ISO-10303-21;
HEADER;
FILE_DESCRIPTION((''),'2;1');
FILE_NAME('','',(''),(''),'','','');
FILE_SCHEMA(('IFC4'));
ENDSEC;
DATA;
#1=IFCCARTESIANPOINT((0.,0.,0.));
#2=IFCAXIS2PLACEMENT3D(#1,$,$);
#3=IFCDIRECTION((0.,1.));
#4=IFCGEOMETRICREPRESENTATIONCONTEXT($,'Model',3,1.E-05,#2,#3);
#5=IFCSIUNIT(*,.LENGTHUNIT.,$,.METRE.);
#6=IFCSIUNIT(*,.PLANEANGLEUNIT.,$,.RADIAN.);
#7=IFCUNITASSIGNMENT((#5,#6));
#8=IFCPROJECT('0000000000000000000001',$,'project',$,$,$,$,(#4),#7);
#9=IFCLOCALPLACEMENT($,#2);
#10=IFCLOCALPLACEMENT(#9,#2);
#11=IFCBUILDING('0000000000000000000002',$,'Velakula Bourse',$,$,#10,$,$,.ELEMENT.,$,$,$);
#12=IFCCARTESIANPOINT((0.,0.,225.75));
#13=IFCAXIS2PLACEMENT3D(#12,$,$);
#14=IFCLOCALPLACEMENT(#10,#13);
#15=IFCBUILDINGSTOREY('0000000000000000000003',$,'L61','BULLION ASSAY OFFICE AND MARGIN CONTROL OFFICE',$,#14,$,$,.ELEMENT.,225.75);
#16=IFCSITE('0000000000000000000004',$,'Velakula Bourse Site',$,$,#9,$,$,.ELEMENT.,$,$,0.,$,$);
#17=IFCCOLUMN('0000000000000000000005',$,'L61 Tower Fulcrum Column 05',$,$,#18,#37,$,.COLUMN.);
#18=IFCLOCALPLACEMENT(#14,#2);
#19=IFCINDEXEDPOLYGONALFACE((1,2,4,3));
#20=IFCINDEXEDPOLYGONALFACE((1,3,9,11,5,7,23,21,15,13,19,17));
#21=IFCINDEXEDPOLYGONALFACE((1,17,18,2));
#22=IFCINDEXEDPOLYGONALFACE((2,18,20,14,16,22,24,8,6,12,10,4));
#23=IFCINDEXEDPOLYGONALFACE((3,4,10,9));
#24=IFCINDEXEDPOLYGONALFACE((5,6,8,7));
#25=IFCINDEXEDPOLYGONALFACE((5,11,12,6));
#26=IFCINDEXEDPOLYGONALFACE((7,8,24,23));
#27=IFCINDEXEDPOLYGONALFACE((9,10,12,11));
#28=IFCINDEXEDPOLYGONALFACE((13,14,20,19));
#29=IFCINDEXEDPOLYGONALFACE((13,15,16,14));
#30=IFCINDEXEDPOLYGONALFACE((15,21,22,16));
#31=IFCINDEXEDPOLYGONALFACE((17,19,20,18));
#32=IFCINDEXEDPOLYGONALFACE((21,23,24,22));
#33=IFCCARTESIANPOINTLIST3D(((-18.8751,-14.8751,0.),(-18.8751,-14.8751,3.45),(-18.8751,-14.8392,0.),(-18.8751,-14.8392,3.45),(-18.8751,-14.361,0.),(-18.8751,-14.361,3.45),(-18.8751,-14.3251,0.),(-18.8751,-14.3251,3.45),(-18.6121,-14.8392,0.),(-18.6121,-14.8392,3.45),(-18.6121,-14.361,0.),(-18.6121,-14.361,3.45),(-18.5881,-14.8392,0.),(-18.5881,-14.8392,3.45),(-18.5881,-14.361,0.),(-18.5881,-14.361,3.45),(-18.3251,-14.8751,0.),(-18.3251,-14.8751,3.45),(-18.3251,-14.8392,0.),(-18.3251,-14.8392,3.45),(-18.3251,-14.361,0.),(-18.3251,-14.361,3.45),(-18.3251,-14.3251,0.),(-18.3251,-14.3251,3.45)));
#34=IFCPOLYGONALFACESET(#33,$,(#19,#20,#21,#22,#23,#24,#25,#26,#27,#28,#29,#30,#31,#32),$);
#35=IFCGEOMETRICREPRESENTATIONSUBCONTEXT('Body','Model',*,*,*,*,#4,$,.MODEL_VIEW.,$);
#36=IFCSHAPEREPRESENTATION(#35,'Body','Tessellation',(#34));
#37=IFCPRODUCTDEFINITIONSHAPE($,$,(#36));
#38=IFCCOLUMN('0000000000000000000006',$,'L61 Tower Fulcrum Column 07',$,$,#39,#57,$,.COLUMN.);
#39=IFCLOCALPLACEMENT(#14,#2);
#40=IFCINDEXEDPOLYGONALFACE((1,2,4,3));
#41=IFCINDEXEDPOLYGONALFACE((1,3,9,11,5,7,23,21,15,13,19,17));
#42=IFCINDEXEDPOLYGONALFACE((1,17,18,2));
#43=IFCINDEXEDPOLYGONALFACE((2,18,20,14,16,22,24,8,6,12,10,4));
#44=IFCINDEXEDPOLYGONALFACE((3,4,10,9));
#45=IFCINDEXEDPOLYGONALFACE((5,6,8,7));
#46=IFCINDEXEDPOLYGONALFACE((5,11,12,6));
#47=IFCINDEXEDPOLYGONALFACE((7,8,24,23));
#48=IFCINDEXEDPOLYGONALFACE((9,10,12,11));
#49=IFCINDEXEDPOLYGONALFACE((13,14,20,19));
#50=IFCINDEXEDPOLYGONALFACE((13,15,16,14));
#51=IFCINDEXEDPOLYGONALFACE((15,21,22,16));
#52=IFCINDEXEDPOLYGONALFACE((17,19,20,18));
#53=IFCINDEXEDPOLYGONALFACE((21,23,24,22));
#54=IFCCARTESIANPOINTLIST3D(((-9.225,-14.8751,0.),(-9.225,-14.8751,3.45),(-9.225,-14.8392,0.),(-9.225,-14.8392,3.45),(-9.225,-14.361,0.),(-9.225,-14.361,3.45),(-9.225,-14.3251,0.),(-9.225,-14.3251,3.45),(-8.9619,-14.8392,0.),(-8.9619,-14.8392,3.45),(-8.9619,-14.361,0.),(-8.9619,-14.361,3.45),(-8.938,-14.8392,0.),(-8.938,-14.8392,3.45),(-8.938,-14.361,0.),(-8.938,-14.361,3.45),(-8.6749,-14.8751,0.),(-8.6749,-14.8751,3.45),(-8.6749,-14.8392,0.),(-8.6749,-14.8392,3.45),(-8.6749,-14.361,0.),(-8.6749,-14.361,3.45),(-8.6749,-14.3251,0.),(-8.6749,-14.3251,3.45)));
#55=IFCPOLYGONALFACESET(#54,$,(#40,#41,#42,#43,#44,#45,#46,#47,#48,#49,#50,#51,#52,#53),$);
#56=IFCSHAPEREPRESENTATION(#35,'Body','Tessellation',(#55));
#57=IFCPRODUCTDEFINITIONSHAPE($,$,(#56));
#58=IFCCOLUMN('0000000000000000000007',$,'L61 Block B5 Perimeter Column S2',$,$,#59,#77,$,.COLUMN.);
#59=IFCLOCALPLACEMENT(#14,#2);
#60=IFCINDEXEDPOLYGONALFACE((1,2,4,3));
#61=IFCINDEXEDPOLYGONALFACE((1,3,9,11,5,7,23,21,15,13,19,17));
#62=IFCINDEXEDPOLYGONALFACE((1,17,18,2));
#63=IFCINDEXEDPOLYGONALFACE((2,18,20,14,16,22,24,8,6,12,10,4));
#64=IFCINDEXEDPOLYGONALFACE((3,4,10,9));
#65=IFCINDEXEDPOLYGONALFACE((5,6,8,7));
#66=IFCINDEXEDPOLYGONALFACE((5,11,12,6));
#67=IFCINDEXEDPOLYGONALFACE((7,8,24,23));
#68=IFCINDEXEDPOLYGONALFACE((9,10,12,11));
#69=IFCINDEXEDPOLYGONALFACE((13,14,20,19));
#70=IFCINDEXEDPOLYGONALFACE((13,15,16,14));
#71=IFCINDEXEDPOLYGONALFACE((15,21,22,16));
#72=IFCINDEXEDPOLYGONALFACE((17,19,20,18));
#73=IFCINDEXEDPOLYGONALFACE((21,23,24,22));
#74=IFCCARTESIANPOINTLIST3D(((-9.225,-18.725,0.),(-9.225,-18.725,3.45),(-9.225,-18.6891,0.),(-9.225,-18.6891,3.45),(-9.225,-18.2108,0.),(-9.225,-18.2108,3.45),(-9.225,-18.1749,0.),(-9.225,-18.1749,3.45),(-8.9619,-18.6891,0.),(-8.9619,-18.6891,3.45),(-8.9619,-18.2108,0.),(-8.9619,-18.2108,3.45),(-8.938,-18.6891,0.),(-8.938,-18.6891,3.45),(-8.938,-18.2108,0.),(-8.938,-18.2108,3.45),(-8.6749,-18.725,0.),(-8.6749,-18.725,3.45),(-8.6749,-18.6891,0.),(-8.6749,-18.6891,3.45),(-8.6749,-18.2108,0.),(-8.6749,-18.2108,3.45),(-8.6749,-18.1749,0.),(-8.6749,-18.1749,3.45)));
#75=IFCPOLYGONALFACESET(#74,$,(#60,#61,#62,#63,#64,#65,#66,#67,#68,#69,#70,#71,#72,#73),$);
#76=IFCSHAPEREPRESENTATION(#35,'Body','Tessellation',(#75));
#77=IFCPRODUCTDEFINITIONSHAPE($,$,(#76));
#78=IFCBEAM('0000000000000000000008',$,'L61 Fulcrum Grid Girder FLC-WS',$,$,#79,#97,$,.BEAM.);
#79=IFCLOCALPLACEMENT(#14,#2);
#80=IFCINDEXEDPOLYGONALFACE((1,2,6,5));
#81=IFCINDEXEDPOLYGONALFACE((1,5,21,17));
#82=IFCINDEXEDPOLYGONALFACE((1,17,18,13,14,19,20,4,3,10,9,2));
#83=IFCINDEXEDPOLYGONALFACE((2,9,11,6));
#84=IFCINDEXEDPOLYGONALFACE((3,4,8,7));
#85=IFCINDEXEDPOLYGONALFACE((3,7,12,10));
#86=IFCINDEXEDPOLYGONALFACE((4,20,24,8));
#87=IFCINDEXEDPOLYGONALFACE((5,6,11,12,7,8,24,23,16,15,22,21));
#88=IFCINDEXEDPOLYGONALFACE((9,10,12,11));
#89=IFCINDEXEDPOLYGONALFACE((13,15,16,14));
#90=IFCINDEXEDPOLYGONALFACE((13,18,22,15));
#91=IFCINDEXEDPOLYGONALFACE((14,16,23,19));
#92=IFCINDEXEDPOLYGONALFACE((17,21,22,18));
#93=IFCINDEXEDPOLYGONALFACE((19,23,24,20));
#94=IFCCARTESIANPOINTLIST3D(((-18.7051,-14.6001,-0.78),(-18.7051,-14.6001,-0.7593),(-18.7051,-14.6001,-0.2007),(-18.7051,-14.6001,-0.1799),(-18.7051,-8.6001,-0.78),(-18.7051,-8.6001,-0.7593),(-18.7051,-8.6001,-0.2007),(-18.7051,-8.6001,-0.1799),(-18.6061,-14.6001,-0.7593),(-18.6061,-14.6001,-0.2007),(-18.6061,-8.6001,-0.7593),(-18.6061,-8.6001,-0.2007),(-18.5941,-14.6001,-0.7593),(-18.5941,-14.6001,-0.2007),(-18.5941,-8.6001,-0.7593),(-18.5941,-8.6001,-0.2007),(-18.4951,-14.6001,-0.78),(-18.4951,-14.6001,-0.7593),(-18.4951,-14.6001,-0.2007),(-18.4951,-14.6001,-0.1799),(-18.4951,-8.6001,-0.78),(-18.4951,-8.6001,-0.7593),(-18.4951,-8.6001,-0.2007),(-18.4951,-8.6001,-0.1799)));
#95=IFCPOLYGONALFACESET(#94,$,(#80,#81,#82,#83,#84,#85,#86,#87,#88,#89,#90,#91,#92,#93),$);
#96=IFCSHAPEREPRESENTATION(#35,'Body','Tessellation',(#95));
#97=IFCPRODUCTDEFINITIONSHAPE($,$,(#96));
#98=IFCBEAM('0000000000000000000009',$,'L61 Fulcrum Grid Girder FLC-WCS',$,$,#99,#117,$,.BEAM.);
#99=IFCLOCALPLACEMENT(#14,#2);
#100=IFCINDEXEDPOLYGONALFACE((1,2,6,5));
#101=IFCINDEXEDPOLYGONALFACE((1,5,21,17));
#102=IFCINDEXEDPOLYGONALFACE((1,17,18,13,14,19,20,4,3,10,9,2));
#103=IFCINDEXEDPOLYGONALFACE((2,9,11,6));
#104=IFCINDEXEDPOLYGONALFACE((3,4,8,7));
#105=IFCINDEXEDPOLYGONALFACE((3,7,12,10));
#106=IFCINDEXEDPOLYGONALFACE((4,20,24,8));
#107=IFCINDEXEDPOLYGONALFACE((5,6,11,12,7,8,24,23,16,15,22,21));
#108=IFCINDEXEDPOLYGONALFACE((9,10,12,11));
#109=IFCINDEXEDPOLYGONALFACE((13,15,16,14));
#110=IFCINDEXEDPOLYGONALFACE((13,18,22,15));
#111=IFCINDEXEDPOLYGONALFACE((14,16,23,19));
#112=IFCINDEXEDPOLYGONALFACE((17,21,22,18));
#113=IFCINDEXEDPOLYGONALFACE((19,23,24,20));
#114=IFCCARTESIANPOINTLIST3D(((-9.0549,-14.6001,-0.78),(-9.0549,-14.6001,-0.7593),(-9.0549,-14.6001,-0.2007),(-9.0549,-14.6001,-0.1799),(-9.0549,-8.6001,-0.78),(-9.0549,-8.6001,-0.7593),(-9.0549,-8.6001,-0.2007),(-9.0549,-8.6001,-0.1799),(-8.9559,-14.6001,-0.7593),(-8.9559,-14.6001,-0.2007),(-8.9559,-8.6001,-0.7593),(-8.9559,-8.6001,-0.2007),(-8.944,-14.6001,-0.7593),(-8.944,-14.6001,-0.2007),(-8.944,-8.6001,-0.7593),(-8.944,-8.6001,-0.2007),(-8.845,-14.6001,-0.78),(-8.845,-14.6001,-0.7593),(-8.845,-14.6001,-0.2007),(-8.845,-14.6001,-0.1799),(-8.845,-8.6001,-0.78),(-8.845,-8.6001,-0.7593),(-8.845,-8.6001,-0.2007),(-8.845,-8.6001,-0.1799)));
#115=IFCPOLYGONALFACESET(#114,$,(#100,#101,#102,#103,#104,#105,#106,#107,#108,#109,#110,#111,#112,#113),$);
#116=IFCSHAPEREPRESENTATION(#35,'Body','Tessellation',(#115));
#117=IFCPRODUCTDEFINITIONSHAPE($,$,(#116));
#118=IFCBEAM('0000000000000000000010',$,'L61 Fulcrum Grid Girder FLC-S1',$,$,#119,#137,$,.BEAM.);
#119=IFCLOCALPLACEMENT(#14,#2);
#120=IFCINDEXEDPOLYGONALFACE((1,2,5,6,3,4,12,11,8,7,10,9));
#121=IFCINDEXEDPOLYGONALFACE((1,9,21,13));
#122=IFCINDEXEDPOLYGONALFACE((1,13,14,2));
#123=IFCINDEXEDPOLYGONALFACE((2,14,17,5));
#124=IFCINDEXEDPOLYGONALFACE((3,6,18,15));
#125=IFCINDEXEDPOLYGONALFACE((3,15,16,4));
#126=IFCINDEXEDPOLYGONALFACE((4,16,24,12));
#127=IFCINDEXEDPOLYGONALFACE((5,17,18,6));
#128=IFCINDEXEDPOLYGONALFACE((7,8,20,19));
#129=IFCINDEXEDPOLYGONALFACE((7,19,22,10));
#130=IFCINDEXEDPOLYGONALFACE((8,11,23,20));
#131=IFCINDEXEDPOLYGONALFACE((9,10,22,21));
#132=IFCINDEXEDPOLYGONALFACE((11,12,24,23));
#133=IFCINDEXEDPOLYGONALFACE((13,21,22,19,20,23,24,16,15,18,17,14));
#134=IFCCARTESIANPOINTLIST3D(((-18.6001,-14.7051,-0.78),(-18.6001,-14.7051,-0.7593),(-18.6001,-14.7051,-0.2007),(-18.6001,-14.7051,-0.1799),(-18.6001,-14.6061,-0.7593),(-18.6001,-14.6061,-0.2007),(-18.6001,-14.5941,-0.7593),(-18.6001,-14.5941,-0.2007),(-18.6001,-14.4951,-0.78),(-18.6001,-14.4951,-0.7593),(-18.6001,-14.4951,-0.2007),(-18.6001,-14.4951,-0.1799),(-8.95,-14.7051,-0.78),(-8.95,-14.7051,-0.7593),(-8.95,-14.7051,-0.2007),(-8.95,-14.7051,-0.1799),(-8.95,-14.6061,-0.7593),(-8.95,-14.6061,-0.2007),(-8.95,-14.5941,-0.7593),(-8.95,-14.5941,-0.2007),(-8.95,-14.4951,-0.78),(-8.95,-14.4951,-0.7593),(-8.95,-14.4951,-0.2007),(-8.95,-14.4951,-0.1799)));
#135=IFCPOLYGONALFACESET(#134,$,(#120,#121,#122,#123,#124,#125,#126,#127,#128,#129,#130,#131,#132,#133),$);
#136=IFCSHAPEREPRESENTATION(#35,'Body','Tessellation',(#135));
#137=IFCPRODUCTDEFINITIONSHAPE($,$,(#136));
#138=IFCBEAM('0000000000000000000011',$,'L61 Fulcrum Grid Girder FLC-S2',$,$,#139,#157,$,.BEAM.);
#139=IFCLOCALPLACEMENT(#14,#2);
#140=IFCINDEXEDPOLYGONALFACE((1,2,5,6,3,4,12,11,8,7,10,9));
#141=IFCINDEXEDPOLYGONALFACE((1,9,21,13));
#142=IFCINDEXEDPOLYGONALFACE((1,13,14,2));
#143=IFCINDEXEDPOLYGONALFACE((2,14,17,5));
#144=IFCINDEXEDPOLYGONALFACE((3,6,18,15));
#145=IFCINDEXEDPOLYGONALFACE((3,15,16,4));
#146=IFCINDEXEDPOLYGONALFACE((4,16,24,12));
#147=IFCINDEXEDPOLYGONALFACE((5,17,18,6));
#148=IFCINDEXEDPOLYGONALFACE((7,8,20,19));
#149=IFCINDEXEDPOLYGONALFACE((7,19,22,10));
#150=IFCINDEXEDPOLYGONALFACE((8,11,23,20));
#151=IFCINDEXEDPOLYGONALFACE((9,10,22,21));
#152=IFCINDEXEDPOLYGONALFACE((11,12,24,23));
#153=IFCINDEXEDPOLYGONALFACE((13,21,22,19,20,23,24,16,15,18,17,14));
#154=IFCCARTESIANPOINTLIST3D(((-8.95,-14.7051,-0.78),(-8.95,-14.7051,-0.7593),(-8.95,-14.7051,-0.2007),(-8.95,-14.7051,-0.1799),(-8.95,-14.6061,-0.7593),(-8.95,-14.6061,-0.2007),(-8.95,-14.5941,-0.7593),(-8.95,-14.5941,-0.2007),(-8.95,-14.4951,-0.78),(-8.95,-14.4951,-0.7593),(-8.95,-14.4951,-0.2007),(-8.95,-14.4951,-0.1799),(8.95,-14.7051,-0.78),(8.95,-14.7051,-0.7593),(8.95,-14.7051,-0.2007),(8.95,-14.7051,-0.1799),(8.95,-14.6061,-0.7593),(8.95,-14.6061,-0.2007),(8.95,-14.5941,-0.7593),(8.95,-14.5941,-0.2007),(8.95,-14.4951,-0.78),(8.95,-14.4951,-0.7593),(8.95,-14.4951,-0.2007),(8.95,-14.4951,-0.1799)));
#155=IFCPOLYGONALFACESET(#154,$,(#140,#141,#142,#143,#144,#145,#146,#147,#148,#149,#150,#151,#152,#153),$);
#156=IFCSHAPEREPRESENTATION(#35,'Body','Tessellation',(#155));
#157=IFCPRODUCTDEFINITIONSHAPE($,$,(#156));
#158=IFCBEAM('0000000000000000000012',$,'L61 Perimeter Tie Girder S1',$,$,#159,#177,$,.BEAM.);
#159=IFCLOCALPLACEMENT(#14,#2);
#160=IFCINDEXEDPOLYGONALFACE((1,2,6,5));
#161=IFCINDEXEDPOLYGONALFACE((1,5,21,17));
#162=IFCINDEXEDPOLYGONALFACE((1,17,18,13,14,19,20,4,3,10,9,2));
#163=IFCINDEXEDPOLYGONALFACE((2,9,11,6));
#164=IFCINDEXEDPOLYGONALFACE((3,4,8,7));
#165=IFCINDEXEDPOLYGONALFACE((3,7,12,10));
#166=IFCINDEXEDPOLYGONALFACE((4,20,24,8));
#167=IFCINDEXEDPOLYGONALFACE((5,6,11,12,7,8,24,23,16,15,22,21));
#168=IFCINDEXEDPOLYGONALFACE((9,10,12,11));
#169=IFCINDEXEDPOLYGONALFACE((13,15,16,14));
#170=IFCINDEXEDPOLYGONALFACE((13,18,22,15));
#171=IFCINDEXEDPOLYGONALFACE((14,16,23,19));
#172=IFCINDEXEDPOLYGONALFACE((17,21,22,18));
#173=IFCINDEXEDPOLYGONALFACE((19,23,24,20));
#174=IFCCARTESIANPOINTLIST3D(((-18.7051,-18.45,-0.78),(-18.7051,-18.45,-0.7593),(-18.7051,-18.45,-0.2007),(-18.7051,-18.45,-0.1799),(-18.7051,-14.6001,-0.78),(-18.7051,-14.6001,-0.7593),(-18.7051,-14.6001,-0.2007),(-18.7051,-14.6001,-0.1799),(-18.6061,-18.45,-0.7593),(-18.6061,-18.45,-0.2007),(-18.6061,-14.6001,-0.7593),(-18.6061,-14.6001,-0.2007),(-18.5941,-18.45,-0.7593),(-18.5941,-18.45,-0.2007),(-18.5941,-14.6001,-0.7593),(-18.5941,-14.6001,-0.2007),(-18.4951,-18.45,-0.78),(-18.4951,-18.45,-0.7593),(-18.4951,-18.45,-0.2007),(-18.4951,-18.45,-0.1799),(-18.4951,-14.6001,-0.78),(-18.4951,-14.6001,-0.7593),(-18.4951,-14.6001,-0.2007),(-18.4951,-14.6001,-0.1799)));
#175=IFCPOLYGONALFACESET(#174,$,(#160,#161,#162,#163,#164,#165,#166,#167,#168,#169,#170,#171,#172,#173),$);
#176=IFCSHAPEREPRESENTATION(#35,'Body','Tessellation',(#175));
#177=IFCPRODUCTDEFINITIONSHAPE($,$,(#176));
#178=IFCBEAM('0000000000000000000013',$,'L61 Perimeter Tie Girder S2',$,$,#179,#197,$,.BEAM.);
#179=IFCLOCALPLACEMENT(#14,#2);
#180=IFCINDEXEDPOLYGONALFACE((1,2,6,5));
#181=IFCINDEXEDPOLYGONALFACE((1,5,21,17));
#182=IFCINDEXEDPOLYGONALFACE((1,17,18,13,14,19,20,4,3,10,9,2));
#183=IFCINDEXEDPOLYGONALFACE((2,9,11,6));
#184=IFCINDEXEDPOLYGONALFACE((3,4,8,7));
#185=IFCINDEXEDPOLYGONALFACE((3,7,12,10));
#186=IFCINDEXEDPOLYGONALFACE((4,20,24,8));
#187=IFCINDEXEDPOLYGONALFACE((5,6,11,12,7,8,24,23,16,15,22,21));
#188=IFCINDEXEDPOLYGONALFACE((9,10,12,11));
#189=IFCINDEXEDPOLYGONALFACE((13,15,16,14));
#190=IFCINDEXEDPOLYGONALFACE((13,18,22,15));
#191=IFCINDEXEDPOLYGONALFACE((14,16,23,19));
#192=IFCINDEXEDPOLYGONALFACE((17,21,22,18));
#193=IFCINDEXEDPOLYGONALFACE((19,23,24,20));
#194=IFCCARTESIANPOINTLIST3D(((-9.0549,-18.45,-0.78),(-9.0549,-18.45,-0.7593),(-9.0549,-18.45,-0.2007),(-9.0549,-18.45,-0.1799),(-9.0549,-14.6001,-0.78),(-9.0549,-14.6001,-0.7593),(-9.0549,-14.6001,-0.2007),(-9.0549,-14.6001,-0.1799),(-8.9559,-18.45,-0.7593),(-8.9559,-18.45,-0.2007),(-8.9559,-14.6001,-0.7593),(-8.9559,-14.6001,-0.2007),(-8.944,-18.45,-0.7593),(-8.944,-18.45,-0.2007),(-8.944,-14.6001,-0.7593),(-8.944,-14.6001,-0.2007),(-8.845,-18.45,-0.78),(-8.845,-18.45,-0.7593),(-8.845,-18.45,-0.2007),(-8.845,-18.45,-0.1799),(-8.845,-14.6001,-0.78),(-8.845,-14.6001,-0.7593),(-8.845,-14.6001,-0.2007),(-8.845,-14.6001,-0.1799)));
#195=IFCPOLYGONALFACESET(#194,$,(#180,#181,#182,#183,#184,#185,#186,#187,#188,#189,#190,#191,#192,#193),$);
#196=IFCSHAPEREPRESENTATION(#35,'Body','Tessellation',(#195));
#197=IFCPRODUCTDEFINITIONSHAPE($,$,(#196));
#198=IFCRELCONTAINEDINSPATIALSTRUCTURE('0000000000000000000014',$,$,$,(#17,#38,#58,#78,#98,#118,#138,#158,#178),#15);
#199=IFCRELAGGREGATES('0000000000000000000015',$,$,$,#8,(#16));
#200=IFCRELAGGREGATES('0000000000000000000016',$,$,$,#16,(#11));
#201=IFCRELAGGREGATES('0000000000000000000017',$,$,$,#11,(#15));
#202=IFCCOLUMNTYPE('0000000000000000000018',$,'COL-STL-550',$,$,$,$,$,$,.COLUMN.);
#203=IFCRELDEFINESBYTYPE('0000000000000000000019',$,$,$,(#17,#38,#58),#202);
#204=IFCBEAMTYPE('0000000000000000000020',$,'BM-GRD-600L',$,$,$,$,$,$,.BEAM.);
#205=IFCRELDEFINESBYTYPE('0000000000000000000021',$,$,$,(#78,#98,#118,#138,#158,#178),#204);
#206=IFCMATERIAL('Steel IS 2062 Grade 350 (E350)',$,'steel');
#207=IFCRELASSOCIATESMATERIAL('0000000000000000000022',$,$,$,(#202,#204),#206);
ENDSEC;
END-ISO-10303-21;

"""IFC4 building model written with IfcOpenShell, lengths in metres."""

from ifc_helpers import new_model, si_unit, direction, frame, origin, origin_2d, place, context, subcontext, project, spatial, i_section, extrude, material, material_profile, profile_set, type_object, element, save


model = new_model("IFC4")

# Units and contexts
model_context = context("Model", 3, precision=1e-05, world=origin(), true_north=direction((0.0, 1.0)))
body_context = subcontext(model_context, "Body", "Model", "MODEL_VIEW")
ifc_project = project(units=[si_unit("LENGTHUNIT", "METRE"), si_unit("PLANEANGLEUNIT", "RADIAN")], contexts=[model_context])

# Site, building, storey
site_placement = place(None, origin())
site = spatial("IfcSite", under=ifc_project, at=site_placement, Name="Velakula Bourse Site", CompositionType="ELEMENT", RefElevation=0.0)
building_placement = place(site_placement, origin())
building = spatial("IfcBuilding", under=site, at=building_placement, Name="Velakula Bourse", CompositionType="ELEMENT")
storey_placement = place(building_placement, frame((0.0, 0.0, 225.75)))
storey = spatial("IfcBuildingStorey", under=building, at=storey_placement, Name="L61", Description="BULLION ASSAY OFFICE AND MARGIN CONTROL OFFICE", CompositionType="ELEMENT", Elevation=225.75)

# Columns
ifc_material_1 = material(Name="Steel IS 2062 Grade 350 (E350)", Category="steel")
ifc_material_profile_1 = material_profile(ifc_material_1, i_section(OverallWidth=0.55, OverallDepth=0.55, WebThickness=0.0239, FlangeThickness=0.0359, at=origin_2d()), Name="Steel IS 2062 Grade 350 (E350)")
ifc_profile_set_1 = profile_set([ifc_material_profile_1], Name="Steel IS 2062 Grade 350 (E350)")
column_type = type_object("IfcColumnType", Name="COL-STL-550", PredefinedType="COLUMN", material=ifc_profile_set_1)
for number, where, z_axis, x_axis, name in (
    (1, (-18.6001, -14.6001, 0.0), (0.0, 0.0, 1.0), (1.0, 0.0, 0.0), "L61 Tower Fulcrum Column 05"),
    (2, (-8.95, -14.6001, 0.0), (0.0, 0.0, 1.0), (1.0, 0.0, 0.0), "L61 Tower Fulcrum Column 07"),
    (3, (-8.95, -18.45, 0.0), (0.0, 0.0, 1.0), (1.0, 0.0, 0.0), "L61 Block B5 Perimeter Column S2"),
):
    element("IfcColumn", number, at=place(storey_placement, frame(where, z_axis=z_axis, x_axis=x_axis)), inside=storey, type_object=column_type, Name=name, PredefinedType="COLUMN", context=body_context, shape_type="SweptSolid", body=[
        extrude(i_section(OverallWidth=0.55, OverallDepth=0.55, WebThickness=0.0239, FlangeThickness=0.0359, at=origin_2d()), origin(), (0.0, 0.0, 1.0), 3.45),
    ])

# Beams
ifc_material_profile_2 = material_profile(ifc_material_1, i_section(OverallWidth=0.21, OverallDepth=0.6001, WebThickness=0.012, FlangeThickness=0.0208, at=origin_2d()), Name="Steel IS 2062 Grade 350 (E350)")
ifc_profile_set_2 = profile_set([ifc_material_profile_2], Name="Steel IS 2062 Grade 350 (E350)")
beam_type_1 = type_object("IfcBeamType", Name="BM-GRD-600L", PredefinedType="BEAM", material=ifc_profile_set_2)
for number, where, z_axis, x_axis, name in (
    (4, (-18.6001, -14.6001, -0.48), (0.0, 1.0, 0.0), (-1.0, 0.0, 0.0), "L61 Fulcrum Grid Girder FLC-WS"),
    (5, (-8.95, -14.6001, -0.48), (0.0, 1.0, 0.0), (-1.0, 0.0, 0.0), "L61 Fulcrum Grid Girder FLC-WCS"),
):
    element("IfcBeam", number, at=place(storey_placement, frame(where, z_axis=z_axis, x_axis=x_axis)), inside=storey, type_object=beam_type_1, Name=name, PredefinedType="BEAM", context=body_context, shape_type="SweptSolid", body=[
        extrude(i_section(OverallWidth=0.21, OverallDepth=0.6001, WebThickness=0.012, FlangeThickness=0.0208, at=origin_2d()), origin(), (0.0, 0.0, 1.0), 6.0),
    ])
beam_1_placement = place(storey_placement, frame((-18.6001, -14.6001, -0.48), z_axis=(1.0, 0.0, 0.0), x_axis=(0.0, 1.0, 0.0)))
element("IfcBeam", 6, at=beam_1_placement, inside=storey, type_object=beam_type_1, Name="L61 Fulcrum Grid Girder FLC-S1", PredefinedType="BEAM", context=body_context, shape_type="SweptSolid", body=[
    extrude(i_section(OverallWidth=0.21, OverallDepth=0.6001, WebThickness=0.012, FlangeThickness=0.0208, at=origin_2d()), origin(), (0.0, 0.0, 1.0), 9.6501),
])
beam_2_placement = place(storey_placement, frame((-8.95, -14.6001, -0.48), z_axis=(1.0, 0.0, 0.0), x_axis=(0.0, 1.0, 0.0)))
element("IfcBeam", 7, at=beam_2_placement, inside=storey, type_object=beam_type_1, Name="L61 Fulcrum Grid Girder FLC-S2", PredefinedType="BEAM", context=body_context, shape_type="SweptSolid", body=[
    extrude(i_section(OverallWidth=0.21, OverallDepth=0.6001, WebThickness=0.012, FlangeThickness=0.0208, at=origin_2d()), origin(), (0.0, 0.0, 1.0), 17.8999),
])
for number, where, z_axis, x_axis, name in (
    (8, (-18.6001, -14.6001, -0.48), (0.0, -1.0, 0.0), (1.0, 0.0, 0.0), "L61 Perimeter Tie Girder S1"),
    (9, (-8.95, -14.6001, -0.48), (0.0, -1.0, 0.0), (1.0, 0.0, 0.0), "L61 Perimeter Tie Girder S2"),
):
    element("IfcBeam", number, at=place(storey_placement, frame(where, z_axis=z_axis, x_axis=x_axis)), inside=storey, type_object=beam_type_1, Name=name, PredefinedType="BEAM", context=body_context, shape_type="SweptSolid", body=[
        extrude(i_section(OverallWidth=0.21, OverallDepth=0.6001, WebThickness=0.012, FlangeThickness=0.0208, at=origin_2d()), origin(), (0.0, 0.0, 1.0), 3.8499),
    ])

save(model, "model.ifc")
